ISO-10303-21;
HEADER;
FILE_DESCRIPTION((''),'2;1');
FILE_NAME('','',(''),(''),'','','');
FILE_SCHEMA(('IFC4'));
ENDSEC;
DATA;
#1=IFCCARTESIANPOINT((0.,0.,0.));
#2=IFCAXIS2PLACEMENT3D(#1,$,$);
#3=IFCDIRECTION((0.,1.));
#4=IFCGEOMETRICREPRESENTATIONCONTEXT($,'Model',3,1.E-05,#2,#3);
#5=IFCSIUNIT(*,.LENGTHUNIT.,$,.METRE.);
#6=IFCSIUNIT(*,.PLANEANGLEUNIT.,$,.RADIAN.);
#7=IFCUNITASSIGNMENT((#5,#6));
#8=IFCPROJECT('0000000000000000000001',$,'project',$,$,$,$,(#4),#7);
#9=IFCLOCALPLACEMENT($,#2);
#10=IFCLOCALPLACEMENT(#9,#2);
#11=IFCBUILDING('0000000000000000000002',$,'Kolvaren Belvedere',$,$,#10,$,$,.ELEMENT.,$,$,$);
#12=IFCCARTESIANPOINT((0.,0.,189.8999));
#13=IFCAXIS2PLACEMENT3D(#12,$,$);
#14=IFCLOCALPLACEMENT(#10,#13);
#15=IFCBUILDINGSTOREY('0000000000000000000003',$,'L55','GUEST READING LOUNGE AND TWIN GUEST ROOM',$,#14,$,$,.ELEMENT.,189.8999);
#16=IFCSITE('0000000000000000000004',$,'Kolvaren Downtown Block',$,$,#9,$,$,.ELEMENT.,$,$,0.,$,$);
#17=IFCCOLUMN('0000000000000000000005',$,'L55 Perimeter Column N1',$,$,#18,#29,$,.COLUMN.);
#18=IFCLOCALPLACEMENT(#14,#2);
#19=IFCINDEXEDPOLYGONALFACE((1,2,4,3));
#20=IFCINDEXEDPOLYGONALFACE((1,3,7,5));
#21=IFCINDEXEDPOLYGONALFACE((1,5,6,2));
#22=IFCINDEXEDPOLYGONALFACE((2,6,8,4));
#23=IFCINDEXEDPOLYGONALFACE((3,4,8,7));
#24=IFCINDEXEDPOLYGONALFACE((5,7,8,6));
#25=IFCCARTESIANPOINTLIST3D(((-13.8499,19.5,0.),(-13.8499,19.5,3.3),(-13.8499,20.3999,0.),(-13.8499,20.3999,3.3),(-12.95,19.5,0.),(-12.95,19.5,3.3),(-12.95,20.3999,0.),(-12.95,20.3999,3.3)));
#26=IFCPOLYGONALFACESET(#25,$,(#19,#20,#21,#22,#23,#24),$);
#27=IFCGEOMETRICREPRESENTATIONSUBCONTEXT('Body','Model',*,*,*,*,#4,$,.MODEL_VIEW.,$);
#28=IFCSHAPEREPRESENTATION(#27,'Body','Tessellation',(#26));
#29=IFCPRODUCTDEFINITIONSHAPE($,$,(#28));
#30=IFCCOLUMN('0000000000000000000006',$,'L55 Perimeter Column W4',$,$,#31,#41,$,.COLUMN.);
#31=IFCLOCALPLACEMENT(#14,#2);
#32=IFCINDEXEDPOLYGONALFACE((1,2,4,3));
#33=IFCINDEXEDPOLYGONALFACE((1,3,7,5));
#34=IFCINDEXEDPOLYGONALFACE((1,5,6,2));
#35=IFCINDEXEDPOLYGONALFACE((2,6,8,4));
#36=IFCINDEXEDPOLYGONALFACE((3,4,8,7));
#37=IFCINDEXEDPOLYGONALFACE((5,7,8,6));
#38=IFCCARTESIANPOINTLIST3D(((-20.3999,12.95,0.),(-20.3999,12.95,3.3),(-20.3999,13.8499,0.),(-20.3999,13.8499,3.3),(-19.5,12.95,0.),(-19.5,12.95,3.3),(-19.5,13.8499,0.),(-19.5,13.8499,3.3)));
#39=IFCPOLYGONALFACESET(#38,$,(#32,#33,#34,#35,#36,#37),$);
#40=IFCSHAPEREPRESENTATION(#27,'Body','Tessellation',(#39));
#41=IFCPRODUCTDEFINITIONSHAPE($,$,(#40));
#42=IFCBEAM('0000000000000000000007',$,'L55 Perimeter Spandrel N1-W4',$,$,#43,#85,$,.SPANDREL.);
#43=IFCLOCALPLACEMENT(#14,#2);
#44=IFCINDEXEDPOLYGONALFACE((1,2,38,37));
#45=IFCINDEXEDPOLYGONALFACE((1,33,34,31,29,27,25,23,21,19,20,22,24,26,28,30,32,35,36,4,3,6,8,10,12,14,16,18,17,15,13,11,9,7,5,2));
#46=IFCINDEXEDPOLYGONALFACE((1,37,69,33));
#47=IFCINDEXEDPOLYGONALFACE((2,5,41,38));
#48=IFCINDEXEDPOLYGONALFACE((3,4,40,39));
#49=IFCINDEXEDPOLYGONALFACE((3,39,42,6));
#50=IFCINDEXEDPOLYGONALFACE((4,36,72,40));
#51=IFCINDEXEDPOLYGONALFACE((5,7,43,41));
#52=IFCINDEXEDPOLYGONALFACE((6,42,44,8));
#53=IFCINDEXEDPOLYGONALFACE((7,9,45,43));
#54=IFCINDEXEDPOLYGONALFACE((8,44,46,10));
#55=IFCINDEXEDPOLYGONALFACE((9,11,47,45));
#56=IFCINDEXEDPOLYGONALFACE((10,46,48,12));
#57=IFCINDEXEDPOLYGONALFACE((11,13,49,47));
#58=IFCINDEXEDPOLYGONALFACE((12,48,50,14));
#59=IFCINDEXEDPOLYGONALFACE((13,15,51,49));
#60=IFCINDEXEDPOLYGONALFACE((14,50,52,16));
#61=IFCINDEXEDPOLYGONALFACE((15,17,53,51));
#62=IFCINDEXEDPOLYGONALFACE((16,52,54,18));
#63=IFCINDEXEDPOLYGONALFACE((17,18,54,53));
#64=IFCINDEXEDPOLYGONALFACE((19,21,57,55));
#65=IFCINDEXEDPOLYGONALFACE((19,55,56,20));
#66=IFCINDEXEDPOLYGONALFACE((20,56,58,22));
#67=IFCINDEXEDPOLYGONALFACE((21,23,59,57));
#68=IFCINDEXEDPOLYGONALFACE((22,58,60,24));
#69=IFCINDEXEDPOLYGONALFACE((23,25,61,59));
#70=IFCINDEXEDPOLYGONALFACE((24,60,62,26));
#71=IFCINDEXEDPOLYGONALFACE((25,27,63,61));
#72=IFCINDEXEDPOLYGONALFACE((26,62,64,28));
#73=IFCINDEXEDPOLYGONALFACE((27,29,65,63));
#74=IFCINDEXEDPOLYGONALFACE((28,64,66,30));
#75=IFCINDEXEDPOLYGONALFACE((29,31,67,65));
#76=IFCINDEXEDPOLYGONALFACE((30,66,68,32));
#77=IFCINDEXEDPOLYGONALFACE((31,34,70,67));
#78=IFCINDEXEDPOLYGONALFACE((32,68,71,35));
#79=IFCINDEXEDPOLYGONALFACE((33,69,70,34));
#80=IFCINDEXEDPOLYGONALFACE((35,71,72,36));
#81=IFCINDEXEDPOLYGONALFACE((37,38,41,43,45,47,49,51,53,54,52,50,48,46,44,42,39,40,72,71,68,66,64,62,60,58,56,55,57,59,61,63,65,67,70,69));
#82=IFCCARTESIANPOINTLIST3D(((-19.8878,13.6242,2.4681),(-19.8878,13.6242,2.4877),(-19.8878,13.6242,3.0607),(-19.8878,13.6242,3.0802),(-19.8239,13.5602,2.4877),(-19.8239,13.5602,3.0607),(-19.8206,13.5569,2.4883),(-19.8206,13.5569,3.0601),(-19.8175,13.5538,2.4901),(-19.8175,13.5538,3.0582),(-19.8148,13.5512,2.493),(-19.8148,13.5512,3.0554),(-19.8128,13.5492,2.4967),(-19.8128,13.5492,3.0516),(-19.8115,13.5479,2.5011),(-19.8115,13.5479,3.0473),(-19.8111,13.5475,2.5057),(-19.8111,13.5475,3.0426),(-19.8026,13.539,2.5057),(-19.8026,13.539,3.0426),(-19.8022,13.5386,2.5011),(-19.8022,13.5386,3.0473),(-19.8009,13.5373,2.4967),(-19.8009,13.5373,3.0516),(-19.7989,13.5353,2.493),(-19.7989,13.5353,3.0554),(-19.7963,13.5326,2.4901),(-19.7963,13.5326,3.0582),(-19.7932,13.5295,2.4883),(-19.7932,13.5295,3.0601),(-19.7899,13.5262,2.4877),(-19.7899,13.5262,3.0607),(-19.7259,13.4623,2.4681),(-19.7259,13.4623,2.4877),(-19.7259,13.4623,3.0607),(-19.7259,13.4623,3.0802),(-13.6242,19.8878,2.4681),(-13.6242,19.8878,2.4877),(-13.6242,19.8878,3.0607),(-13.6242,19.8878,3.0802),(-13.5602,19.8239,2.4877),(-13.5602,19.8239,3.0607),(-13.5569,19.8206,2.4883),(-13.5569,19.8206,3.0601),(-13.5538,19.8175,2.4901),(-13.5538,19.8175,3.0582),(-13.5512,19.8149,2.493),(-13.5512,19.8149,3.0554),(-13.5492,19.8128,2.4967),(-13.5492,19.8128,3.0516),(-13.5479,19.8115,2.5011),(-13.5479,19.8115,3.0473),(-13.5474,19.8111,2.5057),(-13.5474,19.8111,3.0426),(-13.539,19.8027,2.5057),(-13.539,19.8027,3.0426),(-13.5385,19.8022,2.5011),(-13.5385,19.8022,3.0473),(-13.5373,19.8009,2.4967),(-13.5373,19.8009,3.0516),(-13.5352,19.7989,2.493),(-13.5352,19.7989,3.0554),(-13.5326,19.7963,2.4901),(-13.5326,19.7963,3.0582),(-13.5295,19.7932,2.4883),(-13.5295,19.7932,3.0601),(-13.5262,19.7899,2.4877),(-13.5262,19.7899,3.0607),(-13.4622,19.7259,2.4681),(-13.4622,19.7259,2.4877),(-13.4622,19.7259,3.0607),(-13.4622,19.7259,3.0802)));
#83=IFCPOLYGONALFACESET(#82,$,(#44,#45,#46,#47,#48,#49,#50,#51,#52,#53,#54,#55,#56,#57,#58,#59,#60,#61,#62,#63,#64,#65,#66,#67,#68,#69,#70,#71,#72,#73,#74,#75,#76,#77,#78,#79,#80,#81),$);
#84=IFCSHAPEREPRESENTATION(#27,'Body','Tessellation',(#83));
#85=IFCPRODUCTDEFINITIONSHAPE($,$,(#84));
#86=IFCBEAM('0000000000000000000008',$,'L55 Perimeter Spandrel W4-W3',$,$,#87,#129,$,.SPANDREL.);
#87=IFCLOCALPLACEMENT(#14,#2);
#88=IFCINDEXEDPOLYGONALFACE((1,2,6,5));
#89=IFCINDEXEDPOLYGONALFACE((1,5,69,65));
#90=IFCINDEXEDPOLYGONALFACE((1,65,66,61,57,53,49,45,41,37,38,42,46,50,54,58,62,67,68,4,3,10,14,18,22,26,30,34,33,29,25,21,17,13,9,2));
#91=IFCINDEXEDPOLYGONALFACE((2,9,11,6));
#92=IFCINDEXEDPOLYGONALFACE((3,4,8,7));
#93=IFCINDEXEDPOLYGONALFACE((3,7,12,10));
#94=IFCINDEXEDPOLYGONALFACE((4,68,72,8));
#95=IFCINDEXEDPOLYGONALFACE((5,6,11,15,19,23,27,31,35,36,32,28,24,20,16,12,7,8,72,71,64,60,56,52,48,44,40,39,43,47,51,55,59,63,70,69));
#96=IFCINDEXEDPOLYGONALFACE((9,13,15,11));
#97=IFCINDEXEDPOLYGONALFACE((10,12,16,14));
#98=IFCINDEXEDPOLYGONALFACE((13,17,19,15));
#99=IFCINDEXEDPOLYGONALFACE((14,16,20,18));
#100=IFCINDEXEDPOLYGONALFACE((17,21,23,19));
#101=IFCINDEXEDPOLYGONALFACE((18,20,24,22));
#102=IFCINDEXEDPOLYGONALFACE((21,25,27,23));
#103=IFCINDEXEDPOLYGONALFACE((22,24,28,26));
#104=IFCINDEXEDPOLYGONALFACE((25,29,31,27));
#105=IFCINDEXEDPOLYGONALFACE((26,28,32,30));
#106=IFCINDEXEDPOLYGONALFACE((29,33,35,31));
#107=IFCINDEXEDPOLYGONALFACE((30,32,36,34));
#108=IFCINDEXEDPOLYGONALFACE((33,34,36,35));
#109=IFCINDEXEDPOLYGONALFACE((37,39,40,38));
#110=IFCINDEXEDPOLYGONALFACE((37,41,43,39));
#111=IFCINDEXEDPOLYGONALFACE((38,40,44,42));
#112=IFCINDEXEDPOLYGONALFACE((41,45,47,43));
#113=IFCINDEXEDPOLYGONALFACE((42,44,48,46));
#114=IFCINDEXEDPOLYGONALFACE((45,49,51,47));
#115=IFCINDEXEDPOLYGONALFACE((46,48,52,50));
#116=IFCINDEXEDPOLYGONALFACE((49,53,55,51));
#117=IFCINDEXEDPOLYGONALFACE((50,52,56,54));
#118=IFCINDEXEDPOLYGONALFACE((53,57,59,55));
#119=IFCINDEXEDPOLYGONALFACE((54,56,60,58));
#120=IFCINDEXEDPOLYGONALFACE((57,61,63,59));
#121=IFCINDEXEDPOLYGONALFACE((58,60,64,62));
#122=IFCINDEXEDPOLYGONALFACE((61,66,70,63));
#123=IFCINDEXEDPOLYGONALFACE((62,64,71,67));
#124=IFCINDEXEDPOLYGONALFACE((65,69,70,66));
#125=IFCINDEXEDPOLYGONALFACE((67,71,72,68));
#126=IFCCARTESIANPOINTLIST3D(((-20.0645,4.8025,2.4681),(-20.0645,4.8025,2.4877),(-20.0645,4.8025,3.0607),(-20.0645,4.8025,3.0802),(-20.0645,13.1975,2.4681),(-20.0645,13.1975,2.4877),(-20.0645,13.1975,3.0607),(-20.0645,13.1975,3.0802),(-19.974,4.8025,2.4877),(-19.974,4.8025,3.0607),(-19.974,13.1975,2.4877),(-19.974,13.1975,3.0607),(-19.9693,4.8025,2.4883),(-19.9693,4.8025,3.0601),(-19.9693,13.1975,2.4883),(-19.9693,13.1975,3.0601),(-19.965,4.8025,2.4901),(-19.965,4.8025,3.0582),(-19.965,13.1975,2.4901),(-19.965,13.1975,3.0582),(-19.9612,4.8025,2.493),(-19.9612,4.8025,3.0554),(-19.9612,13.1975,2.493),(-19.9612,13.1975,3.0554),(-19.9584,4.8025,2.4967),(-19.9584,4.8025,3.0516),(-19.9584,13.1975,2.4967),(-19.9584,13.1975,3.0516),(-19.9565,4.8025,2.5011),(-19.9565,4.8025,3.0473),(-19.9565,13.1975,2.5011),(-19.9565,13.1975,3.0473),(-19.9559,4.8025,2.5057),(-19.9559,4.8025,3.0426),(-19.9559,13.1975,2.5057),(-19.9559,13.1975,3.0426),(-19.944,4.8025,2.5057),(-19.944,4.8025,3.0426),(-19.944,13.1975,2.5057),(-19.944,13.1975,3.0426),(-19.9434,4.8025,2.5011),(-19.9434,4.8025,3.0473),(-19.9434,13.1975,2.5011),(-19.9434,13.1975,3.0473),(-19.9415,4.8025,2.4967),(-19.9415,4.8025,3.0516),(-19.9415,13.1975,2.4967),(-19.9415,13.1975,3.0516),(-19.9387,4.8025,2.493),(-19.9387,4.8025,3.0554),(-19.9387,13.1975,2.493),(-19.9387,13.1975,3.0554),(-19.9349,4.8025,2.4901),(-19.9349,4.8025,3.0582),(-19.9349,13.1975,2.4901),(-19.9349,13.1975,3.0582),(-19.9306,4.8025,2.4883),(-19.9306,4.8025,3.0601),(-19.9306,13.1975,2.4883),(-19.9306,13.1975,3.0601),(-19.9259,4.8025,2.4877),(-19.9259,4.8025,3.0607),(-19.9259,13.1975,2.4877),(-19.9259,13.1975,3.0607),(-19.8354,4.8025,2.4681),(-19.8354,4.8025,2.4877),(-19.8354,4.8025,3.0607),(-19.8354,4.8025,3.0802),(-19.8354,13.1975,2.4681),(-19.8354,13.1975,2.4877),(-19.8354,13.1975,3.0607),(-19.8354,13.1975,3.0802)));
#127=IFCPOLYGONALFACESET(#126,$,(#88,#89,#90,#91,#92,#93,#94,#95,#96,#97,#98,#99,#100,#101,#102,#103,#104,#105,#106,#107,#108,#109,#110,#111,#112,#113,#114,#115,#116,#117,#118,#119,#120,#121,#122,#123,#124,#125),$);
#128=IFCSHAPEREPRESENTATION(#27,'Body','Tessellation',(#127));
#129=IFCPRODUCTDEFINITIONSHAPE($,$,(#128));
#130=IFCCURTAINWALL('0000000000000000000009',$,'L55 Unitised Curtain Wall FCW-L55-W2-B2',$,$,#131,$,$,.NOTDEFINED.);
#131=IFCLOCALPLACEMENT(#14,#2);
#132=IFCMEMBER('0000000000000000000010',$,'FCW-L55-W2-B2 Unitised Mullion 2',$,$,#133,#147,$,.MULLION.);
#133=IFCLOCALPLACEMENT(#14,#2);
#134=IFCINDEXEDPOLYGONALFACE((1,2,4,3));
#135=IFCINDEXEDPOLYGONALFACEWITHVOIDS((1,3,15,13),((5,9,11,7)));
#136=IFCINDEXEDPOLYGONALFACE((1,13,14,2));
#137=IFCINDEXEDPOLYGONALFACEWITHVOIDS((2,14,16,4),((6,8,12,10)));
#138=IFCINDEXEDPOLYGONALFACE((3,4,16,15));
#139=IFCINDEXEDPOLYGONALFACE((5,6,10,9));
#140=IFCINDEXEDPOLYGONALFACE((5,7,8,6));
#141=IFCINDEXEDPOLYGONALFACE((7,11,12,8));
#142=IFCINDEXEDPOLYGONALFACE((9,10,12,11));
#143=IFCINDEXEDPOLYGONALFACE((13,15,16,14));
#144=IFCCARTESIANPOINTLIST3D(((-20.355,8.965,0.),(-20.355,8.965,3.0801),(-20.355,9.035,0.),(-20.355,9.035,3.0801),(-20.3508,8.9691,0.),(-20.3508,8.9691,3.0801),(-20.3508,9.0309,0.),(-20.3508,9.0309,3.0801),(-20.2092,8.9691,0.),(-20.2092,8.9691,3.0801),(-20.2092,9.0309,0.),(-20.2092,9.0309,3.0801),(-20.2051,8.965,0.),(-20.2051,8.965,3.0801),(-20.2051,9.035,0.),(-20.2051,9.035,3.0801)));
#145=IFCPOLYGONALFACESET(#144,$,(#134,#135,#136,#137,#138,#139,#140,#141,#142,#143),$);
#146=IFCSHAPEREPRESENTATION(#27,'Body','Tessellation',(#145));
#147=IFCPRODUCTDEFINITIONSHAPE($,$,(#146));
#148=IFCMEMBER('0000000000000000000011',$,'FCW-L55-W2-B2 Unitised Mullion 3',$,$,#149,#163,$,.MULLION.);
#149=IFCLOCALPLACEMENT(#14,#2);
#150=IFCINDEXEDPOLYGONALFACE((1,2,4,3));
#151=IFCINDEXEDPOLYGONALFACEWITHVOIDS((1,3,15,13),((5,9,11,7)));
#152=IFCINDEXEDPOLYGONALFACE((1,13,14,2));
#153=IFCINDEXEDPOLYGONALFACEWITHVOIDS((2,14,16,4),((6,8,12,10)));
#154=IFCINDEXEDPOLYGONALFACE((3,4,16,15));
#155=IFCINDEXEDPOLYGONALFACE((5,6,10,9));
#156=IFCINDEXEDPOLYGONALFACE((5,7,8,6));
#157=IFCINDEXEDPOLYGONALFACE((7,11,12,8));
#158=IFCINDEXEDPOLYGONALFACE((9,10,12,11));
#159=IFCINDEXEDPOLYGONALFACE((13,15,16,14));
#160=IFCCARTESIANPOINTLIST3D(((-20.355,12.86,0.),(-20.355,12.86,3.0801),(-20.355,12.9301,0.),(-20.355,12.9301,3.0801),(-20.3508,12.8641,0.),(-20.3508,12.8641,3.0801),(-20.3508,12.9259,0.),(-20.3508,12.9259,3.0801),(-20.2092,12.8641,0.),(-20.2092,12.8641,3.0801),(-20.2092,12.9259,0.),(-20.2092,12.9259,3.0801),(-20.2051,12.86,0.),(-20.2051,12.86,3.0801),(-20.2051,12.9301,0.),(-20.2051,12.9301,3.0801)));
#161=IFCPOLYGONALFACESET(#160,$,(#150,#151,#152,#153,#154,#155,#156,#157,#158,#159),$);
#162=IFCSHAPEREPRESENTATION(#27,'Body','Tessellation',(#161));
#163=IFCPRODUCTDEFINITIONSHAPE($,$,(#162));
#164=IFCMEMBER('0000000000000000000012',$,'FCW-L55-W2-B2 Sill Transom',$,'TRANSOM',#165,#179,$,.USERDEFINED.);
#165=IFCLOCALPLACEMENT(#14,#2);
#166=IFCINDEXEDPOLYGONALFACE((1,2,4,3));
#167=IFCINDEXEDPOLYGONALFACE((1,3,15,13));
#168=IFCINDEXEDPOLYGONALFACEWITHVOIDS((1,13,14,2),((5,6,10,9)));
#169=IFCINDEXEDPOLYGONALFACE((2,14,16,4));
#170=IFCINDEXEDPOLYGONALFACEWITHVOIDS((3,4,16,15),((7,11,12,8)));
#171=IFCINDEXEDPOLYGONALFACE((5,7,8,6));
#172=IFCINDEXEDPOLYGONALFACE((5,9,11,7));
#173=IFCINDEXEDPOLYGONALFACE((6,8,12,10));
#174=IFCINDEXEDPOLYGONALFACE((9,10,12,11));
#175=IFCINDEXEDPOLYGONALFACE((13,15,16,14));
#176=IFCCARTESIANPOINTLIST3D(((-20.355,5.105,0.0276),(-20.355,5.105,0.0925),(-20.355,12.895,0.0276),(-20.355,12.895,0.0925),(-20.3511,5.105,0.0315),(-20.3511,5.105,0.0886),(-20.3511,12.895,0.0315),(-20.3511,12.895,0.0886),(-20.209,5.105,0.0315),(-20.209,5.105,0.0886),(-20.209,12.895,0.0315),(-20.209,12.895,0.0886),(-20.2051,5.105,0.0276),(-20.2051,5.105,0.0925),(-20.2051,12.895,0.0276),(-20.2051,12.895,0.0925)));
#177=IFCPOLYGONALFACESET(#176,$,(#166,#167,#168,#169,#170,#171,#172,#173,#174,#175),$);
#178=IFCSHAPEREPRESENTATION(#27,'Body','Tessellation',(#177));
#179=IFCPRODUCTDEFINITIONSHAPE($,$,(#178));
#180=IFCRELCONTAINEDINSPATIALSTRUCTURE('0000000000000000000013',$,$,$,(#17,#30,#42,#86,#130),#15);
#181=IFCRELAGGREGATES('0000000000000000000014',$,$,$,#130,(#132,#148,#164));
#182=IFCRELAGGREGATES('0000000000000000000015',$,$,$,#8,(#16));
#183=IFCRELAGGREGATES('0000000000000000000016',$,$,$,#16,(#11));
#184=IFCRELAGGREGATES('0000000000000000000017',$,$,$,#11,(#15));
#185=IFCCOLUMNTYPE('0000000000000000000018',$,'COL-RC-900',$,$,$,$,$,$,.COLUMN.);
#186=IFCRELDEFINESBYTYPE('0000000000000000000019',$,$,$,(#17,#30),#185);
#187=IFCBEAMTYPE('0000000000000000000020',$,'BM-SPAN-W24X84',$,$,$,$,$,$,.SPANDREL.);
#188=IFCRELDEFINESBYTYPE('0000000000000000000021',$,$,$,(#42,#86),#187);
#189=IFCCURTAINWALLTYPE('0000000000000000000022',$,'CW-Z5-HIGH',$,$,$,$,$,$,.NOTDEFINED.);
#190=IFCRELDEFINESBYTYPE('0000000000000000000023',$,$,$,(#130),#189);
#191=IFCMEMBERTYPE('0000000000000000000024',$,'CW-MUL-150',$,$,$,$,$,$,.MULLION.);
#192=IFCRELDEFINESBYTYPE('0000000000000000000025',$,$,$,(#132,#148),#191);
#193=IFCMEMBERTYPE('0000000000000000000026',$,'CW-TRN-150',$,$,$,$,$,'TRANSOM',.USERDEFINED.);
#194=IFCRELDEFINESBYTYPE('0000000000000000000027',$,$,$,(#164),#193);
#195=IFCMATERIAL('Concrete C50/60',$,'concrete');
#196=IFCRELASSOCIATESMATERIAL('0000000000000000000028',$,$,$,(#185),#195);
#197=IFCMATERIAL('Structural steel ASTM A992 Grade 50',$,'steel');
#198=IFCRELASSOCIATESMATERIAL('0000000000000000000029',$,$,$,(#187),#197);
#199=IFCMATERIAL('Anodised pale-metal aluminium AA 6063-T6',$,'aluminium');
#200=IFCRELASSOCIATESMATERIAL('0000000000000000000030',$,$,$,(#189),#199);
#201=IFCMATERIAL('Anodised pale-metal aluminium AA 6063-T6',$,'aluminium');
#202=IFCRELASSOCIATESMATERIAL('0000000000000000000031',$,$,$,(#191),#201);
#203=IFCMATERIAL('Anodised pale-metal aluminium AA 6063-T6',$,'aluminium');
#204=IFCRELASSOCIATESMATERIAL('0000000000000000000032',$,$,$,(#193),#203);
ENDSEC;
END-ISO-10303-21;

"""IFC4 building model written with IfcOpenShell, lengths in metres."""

from ifc_helpers import new_model, si_unit, direction, frame, origin, origin_2d, place, context, subcontext, project, spatial, rectangle, hollow_rectangle, i_section, extrude, material, material_profile, profile_set, type_object, element, aggregate, save


model = new_model("IFC4")

# Units and contexts
model_context = context("Model", 3, precision=1e-05, world=origin(), true_north=direction((0.0, 1.0)))
body_context = subcontext(model_context, "Body", "Model", "MODEL_VIEW")
ifc_project = project(units=[si_unit("LENGTHUNIT", "METRE"), si_unit("PLANEANGLEUNIT", "RADIAN")], contexts=[model_context])

# Site, building, storey
site_placement = place(None, origin())
site = spatial("IfcSite", under=ifc_project, at=site_placement, Name="Kolvaren Downtown Block", CompositionType="ELEMENT", RefElevation=0.0)
building_placement = place(site_placement, origin())
building = spatial("IfcBuilding", under=site, at=building_placement, Name="Kolvaren Belvedere", CompositionType="ELEMENT")
storey_placement = place(building_placement, frame((0.0, 0.0, 189.8999)))
storey = spatial("IfcBuildingStorey", under=building, at=storey_placement, Name="L55", Description="GUEST READING LOUNGE AND TWIN GUEST ROOM", CompositionType="ELEMENT", Elevation=189.8999)

# Columns
ifc_material_1 = material(Name="Concrete C50/60", Category="concrete")
ifc_material_profile_1 = material_profile(ifc_material_1, rectangle(XDim=0.8999, YDim=0.8999, at=origin_2d()), Name="RC 900X900")
ifc_profile_set_1 = profile_set([ifc_material_profile_1], Name="Concrete C50/60")
column_type = type_object("IfcColumnType", Name="COL-RC-900", PredefinedType="COLUMN", material=ifc_profile_set_1)
for number, where, z_axis, x_axis, name in (
    (1, (-13.3999, 19.95, 0.0), (0.0, 0.0, 1.0), (1.0, 0.0, 0.0), "L55 Perimeter Column N1"),
    (2, (-19.95, 13.3999, 0.0), (0.0, 0.0, 1.0), (1.0, 0.0, 0.0), "L55 Perimeter Column W4"),
):
    element("IfcColumn", number, at=place(storey_placement, frame(where, z_axis=z_axis, x_axis=x_axis)), inside=storey, type_object=column_type, Name=name, PredefinedType="COLUMN", context=body_context, shape_type="SweptSolid", body=[
        extrude(rectangle(XDim=0.8999, YDim=0.8999, at=origin_2d()), origin(), (0.0, 0.0, 1.0), 3.3),
    ])

# Beams
ifc_material_2 = material(Name="Structural steel ASTM A992 Grade 50", Category="steel")
ifc_material_profile_2 = material_profile(ifc_material_2, i_section(OverallWidth=0.229, OverallDepth=0.6121, WebThickness=0.012, FlangeThickness=0.0195, FilletRadius=0.0181, at=origin_2d()), Name="W24X84")
ifc_profile_set_2 = profile_set([ifc_material_profile_2], Name="Structural steel ASTM A992 Grade 50")
beam_type = type_object("IfcBeamType", Name="BM-SPAN-W24X84", PredefinedType="SPANDREL", material=ifc_profile_set_2)
beam_1_placement = place(storey_placement, frame((-13.5432, 19.8069, 2.7742), z_axis=(-0.707107, -0.707107, 0.0), x_axis=(0.707107, -0.707107, 0.0)))
element("IfcBeam", 3, at=beam_1_placement, inside=storey, type_object=beam_type, Name="L55 Perimeter Spandrel N1-W4", PredefinedType="SPANDREL", context=body_context, shape_type="SweptSolid", body=[
    extrude(i_section(OverallWidth=0.229, OverallDepth=0.6121, WebThickness=0.012, FlangeThickness=0.0195, FilletRadius=0.0181, at=origin_2d()), origin(), (0.0, 0.0, 1.0), 8.8582),
])
beam_2_placement = place(storey_placement, frame((-19.95, 13.1975, 2.7742), z_axis=(0.0, -1.0, 0.0), x_axis=(1.0, 0.0, 0.0)))
element("IfcBeam", 4, at=beam_2_placement, inside=storey, type_object=beam_type, Name="L55 Perimeter Spandrel W4-W3", PredefinedType="SPANDREL", context=body_context, shape_type="SweptSolid", body=[
    extrude(i_section(OverallWidth=0.229, OverallDepth=0.6121, WebThickness=0.012, FlangeThickness=0.0195, FilletRadius=0.0181, at=origin_2d()), origin(), (0.0, 0.0, 1.0), 8.395),
])

# Curtain wall, members
ifc_material_3 = material(Name="Anodised pale-metal aluminium AA 6063-T6", Category="aluminium")
curtain_wall_type = type_object("IfcCurtainWallType", Name="CW-Z5-HIGH", PredefinedType="NOTDEFINED", material=ifc_material_3)
curtain_wall_placement = place(storey_placement, origin())
curtain_wall = element("IfcCurtainWall", 5, at=curtain_wall_placement, inside=storey, type_object=curtain_wall_type, Name="L55 Unitised Curtain Wall FCW-L55-W2-B2", PredefinedType="NOTDEFINED")
ifc_material_4 = material(Name="Anodised pale-metal aluminium AA 6063-T6", Category="aluminium")
ifc_material_profile_3 = material_profile(ifc_material_4, hollow_rectangle(XDim=0.0701, YDim=0.1499, WallThickness=0.0042, at=origin_2d()), Name="ALU-MUL-150X70")
ifc_profile_set_3 = profile_set([ifc_material_profile_3], Name="Anodised pale-metal aluminium AA 6063-T6")
member_type_1 = type_object("IfcMemberType", Name="CW-MUL-150", PredefinedType="MULLION", material=ifc_profile_set_3)
member_1_placement = place(storey_placement, frame((-20.28, 9.0, 0.0), z_axis=(0.0, 0.0, 1.0), x_axis=(0.0, 1.0, 0.0)))
member_1 = element("IfcMember", 6, at=member_1_placement, type_object=member_type_1, Name="FCW-L55-W2-B2 Unitised Mullion 2", PredefinedType="MULLION", context=body_context, shape_type="SweptSolid", body=[
    extrude(hollow_rectangle(XDim=0.0701, YDim=0.1499, WallThickness=0.0042, at=origin_2d()), origin(), (0.0, 0.0, 1.0), 3.0801),
])
member_2_placement = place(storey_placement, frame((-20.28, 12.895, 0.0), z_axis=(0.0, 0.0, 1.0), x_axis=(0.0, 1.0, 0.0)))
member_2 = element("IfcMember", 7, at=member_2_placement, type_object=member_type_1, Name="FCW-L55-W2-B2 Unitised Mullion 3", PredefinedType="MULLION", context=body_context, shape_type="SweptSolid", body=[
    extrude(hollow_rectangle(XDim=0.0701, YDim=0.1499, WallThickness=0.0042, at=origin_2d()), origin(), (0.0, 0.0, 1.0), 3.0801),
])
ifc_material_5 = material(Name="Anodised pale-metal aluminium AA 6063-T6", Category="aluminium")
ifc_material_profile_4 = material_profile(ifc_material_5, hollow_rectangle(XDim=0.0649, YDim=0.1499, WallThickness=0.0039, at=origin_2d()), Name="ALU-TRN-150X65")
ifc_profile_set_4 = profile_set([ifc_material_profile_4], Name="Anodised pale-metal aluminium AA 6063-T6")
member_type_2 = type_object("IfcMemberType", Name="CW-TRN-150", ElementType="TRANSOM", PredefinedType="USERDEFINED", material=ifc_profile_set_4)
member_3_placement = place(storey_placement, frame((-20.28, 5.105, 0.0601), z_axis=(0.0, 1.0, 0.0), x_axis=(0.0, 0.0, 1.0)))
member_3 = element("IfcMember", 8, at=member_3_placement, type_object=member_type_2, Name="FCW-L55-W2-B2 Sill Transom", ObjectType="TRANSOM", PredefinedType="USERDEFINED", context=body_context, shape_type="SweptSolid", body=[
    extrude(hollow_rectangle(XDim=0.0649, YDim=0.1499, WallThickness=0.0039, at=origin_2d()), origin(), (0.0, 0.0, 1.0), 7.79),
])
aggregate(curtain_wall, [member_1, member_2, member_3])

save(model, "model.ifc")
